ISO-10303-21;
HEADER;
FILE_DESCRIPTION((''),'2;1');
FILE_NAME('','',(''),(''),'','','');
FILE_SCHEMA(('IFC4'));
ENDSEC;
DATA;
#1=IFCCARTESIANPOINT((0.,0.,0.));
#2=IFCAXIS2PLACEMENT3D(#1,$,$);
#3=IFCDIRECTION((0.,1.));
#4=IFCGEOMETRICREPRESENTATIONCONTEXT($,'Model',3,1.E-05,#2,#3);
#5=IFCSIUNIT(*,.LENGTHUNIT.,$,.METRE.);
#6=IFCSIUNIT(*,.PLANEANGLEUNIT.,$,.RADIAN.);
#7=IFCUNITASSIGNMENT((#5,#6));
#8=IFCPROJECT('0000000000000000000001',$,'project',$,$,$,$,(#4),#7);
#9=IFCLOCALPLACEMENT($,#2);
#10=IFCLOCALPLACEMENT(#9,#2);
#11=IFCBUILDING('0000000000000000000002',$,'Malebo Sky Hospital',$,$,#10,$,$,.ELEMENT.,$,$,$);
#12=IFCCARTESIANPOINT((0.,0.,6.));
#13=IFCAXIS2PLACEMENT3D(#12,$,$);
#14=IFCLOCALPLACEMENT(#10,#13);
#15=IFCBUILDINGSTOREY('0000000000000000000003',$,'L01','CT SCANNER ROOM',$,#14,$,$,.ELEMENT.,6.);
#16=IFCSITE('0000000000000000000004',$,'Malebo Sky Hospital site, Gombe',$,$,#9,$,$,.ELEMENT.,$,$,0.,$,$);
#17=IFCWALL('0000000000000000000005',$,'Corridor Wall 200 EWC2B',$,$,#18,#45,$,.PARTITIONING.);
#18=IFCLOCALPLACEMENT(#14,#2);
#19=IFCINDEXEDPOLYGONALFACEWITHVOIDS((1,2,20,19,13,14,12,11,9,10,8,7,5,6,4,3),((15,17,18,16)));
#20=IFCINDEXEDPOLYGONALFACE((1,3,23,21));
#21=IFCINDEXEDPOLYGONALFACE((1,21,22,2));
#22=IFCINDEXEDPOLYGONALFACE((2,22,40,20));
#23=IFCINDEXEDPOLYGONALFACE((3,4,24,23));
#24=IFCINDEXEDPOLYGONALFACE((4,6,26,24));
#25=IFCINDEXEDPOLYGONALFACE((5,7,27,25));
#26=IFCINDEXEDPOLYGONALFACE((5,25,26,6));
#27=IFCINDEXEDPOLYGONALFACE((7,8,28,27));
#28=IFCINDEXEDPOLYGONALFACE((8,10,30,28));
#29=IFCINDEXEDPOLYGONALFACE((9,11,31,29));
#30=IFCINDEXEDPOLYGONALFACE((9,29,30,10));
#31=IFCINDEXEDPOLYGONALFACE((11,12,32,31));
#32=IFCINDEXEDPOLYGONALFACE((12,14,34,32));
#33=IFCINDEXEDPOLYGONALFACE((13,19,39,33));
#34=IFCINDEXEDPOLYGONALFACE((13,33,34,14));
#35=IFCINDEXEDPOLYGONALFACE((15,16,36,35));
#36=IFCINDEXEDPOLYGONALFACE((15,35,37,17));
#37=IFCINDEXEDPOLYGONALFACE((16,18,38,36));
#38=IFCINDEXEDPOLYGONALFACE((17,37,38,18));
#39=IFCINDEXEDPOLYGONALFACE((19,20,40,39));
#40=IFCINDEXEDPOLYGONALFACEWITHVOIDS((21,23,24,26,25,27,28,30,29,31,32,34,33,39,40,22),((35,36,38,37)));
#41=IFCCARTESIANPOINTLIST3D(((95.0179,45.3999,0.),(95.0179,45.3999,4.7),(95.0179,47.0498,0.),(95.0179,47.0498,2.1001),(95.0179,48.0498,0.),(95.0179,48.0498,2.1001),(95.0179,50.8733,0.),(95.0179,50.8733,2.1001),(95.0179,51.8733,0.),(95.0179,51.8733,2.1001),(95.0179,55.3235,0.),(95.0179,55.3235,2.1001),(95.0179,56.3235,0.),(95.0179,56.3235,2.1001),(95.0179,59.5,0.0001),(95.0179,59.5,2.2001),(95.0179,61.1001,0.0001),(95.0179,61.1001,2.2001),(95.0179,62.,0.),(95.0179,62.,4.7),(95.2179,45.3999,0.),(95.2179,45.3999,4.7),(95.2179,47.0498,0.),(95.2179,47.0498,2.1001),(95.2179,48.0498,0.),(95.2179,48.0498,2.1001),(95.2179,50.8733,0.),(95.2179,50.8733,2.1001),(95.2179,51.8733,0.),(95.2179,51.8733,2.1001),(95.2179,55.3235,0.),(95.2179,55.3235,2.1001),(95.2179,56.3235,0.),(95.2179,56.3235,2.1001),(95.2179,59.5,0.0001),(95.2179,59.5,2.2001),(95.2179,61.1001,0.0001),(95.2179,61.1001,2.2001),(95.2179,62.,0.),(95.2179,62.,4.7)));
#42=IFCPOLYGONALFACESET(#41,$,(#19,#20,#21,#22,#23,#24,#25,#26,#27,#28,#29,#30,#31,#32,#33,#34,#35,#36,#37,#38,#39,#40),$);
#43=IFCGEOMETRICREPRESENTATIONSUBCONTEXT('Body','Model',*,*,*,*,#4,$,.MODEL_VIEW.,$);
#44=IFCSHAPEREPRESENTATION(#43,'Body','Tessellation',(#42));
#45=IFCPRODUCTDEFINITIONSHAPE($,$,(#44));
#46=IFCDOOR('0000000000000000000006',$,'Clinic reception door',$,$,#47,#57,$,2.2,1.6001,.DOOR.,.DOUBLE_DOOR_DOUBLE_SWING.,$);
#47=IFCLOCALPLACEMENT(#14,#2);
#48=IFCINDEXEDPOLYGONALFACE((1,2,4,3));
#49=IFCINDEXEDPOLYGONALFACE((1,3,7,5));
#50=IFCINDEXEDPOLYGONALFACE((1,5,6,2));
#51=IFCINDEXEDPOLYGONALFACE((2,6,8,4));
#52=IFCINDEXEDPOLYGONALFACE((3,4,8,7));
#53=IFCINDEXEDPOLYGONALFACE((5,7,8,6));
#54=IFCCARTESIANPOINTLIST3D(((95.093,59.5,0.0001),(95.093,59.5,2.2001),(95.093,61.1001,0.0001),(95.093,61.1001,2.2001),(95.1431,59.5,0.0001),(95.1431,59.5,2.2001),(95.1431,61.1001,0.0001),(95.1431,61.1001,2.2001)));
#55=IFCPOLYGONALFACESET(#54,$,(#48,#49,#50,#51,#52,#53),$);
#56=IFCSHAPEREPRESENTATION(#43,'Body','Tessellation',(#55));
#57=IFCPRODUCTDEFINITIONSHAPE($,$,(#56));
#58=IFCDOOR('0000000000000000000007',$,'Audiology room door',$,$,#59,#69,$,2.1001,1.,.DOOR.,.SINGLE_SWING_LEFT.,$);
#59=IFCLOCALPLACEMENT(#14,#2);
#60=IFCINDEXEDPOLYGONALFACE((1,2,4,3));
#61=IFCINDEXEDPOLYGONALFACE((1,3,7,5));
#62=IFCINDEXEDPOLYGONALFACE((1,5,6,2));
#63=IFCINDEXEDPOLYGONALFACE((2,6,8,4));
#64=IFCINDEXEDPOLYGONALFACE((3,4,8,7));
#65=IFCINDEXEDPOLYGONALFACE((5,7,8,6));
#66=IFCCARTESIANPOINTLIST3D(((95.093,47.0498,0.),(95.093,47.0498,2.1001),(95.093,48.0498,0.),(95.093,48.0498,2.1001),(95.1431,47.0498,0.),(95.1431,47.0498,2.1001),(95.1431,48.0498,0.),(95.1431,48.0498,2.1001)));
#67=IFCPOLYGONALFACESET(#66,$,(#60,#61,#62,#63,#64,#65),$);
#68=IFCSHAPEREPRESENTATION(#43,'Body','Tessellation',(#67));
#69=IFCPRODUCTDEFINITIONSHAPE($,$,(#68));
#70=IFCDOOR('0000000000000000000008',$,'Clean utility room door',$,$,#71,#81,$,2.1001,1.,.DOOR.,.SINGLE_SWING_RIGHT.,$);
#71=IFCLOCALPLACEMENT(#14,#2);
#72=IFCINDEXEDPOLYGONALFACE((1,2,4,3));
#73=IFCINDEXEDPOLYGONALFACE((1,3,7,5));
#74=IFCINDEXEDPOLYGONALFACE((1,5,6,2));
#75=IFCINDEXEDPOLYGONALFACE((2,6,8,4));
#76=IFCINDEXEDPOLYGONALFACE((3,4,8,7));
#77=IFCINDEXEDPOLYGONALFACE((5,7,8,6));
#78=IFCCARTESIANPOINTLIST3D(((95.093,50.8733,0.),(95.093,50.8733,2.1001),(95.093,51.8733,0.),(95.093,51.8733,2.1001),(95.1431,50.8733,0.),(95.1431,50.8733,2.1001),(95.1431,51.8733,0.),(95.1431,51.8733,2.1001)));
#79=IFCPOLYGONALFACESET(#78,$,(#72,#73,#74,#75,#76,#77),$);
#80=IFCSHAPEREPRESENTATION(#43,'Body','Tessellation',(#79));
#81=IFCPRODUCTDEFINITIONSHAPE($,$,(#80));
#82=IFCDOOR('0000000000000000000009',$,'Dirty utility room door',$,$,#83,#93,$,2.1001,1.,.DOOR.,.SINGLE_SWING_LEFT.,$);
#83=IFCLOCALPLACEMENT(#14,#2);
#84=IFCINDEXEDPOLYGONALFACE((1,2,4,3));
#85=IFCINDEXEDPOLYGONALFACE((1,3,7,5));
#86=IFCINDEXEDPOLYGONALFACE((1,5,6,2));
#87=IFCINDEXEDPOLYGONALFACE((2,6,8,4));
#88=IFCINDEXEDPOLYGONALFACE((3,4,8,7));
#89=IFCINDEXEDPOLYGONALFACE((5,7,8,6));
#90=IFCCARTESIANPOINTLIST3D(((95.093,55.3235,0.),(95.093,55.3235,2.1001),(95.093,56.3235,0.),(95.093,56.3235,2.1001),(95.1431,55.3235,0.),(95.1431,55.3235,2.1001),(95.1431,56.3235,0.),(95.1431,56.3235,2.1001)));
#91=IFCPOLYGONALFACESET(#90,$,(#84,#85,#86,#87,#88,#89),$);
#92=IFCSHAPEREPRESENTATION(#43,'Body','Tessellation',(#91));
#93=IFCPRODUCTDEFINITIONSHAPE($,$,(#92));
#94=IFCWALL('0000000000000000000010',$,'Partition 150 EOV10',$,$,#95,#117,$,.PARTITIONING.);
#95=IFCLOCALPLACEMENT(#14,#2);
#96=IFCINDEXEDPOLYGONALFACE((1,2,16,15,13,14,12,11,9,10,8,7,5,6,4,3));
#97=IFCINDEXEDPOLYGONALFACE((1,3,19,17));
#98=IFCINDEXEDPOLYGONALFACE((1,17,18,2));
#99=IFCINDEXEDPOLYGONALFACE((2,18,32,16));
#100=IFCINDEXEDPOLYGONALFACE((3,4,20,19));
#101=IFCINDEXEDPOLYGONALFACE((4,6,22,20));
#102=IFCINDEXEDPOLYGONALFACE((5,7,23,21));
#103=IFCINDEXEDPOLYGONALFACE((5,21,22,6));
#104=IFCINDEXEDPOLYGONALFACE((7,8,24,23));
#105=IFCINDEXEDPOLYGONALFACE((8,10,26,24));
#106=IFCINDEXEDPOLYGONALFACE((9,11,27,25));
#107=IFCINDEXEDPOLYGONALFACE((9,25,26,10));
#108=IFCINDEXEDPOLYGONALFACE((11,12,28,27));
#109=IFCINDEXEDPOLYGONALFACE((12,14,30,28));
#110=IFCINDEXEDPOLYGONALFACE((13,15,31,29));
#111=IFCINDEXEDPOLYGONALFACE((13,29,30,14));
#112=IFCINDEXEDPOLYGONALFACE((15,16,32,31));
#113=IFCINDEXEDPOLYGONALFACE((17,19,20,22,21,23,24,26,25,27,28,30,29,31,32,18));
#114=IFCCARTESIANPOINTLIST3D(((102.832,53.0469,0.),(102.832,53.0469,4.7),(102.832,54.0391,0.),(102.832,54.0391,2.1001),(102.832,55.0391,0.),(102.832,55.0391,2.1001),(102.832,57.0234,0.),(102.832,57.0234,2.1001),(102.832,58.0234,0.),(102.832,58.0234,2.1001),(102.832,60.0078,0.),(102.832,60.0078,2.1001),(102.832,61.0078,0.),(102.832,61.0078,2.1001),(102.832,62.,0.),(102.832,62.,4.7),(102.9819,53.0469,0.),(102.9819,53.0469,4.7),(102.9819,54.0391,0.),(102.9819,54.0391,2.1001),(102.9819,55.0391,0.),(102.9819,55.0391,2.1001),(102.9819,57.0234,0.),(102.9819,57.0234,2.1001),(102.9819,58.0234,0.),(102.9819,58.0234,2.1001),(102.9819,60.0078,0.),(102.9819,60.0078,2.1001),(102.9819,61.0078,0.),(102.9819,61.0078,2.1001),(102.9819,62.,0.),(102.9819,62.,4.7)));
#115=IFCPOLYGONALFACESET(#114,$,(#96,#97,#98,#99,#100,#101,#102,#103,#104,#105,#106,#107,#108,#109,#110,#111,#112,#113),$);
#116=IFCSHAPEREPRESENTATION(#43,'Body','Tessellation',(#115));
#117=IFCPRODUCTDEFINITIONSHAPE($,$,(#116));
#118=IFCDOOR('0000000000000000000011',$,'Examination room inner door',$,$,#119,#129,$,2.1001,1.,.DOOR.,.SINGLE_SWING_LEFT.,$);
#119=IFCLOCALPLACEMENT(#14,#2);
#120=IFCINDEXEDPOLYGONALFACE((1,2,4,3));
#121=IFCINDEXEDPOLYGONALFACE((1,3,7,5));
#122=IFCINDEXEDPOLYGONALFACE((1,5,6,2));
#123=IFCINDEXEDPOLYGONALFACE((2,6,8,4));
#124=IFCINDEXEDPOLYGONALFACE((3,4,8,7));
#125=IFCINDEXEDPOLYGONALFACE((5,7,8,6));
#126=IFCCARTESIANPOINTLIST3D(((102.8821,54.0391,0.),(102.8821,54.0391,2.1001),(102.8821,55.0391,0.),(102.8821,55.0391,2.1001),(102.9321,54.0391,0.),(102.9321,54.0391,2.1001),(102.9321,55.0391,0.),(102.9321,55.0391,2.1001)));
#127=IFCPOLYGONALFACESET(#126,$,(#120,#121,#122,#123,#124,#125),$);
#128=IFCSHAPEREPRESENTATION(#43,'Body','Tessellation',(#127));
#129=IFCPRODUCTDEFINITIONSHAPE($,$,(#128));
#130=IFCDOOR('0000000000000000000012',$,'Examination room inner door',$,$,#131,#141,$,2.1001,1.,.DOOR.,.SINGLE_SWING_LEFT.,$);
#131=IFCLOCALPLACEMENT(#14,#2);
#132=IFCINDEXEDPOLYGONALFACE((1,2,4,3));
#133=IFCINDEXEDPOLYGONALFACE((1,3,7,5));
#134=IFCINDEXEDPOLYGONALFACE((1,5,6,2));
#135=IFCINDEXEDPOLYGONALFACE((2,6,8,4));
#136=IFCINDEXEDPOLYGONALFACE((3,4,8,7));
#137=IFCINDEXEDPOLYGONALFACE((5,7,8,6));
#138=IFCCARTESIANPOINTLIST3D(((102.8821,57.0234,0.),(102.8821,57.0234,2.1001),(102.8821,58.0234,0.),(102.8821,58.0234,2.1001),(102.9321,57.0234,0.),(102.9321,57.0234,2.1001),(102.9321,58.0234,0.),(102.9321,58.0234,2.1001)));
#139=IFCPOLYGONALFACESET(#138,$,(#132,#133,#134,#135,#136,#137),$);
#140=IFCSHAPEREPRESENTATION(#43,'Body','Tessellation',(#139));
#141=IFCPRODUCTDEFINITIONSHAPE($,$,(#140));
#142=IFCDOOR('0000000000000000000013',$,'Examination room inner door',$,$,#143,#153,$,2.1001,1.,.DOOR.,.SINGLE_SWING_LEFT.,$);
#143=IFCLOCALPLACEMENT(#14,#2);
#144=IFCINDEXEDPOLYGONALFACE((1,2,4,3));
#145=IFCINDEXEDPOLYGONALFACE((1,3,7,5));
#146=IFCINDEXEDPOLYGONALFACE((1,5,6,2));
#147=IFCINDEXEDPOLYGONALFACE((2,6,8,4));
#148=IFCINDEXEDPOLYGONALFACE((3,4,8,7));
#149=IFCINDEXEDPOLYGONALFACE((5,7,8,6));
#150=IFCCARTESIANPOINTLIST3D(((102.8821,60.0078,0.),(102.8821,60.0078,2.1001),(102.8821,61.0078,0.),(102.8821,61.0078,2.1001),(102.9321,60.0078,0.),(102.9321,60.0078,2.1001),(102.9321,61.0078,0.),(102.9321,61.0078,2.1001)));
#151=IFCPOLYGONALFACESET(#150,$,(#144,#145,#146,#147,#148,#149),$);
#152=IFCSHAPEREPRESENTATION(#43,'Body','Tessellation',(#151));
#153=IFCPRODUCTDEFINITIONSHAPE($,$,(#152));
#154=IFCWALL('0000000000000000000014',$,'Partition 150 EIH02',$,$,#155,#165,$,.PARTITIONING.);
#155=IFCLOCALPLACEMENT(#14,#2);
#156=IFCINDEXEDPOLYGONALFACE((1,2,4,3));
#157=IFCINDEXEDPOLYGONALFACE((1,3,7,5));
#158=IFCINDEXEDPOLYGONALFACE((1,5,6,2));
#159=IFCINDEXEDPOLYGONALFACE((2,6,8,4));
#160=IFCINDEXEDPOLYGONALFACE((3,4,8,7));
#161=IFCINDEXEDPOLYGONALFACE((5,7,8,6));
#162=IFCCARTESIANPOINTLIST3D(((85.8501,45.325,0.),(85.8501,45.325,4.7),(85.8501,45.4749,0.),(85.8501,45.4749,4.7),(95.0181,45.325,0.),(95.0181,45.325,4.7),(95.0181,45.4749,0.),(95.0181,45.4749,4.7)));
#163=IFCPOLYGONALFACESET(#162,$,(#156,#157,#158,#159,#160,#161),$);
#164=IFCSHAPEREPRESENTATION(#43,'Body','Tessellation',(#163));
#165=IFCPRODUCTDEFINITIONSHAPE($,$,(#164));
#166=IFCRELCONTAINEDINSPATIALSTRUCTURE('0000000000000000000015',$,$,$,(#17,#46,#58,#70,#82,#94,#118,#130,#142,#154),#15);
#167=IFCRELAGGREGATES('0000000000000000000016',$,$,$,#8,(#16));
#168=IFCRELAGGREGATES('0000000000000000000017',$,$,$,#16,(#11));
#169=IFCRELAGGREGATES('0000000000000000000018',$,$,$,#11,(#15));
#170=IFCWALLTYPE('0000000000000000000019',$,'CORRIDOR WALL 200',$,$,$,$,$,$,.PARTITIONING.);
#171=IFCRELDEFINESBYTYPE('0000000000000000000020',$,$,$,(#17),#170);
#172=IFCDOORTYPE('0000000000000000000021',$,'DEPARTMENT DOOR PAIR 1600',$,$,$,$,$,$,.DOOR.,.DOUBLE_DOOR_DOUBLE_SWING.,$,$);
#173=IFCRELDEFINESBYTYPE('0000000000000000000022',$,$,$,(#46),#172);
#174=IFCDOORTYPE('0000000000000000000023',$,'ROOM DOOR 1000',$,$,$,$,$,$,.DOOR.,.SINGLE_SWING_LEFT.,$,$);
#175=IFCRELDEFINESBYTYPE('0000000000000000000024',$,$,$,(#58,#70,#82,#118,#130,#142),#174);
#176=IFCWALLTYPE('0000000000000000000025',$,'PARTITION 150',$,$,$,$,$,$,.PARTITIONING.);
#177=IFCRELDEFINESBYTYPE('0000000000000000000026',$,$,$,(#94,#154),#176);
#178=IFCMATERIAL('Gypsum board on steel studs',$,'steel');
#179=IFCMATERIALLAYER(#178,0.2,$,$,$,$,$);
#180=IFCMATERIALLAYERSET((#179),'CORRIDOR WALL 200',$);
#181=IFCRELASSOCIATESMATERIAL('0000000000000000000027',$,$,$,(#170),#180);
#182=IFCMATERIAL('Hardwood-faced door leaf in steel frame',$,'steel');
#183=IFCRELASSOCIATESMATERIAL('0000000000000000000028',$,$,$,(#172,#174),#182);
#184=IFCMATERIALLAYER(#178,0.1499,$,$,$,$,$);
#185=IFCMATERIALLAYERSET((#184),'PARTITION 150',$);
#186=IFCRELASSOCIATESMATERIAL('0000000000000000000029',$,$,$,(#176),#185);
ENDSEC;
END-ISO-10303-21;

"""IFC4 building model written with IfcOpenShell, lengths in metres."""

from ifc_helpers import new_model, si_unit, direction, frame, frame_2d, origin, place, context, subcontext, project, spatial, rectangle, extrude, material, layer, layer_set, type_object, element, fill, save


model = new_model("IFC4")

# Units and contexts
model_context = context("Model", 3, precision=1e-05, world=origin(), true_north=direction((0.0, 1.0)))
body_context = subcontext(model_context, "Body", "Model", "MODEL_VIEW")
ifc_project = project(units=[si_unit("LENGTHUNIT", "METRE"), si_unit("PLANEANGLEUNIT", "RADIAN")], contexts=[model_context])

# Site, building, storey
site_placement = place(None, origin())
site = spatial("IfcSite", under=ifc_project, at=site_placement, Name="Malebo Sky Hospital site, Gombe", CompositionType="ELEMENT", RefElevation=0.0)
building_placement = place(site_placement, origin())
building = spatial("IfcBuilding", under=site, at=building_placement, Name="Malebo Sky Hospital", CompositionType="ELEMENT")
storey_placement = place(building_placement, frame((0.0, 0.0, 6.0)))
storey = spatial("IfcBuildingStorey", under=building, at=storey_placement, Name="L01", Description="CT SCANNER ROOM", CompositionType="ELEMENT", Elevation=6.0)

# Walls, openings, doors
ifc_material_1 = material(Name="Gypsum board on steel studs", Category="steel")
ifc_layer_1 = layer(ifc_material_1, 0.2)
ifc_layer_set_1 = layer_set([ifc_layer_1], Name="CORRIDOR WALL 200")
wall_type_1 = type_object("IfcWallType", Name="CORRIDOR WALL 200", PredefinedType="PARTITIONING", material=ifc_layer_set_1)
wall_1_placement = place(storey_placement, frame((95.1179, 45.3999, 0.0), z_axis=(0.0, 0.0, 1.0), x_axis=(0.0, 1.0, 0.0)))
wall_1 = element("IfcWall", 1, at=wall_1_placement, inside=storey, type_object=wall_type_1, Name="Corridor Wall 200 EWC2B", PredefinedType="PARTITIONING", context=body_context, shape_type="SweptSolid", body=[
    extrude(rectangle(XDim=16.6001, YDim=0.2, at=frame_2d((8.3, 0.0))), origin(), (0.0, 0.0, 1.0), 4.7),
])
opening_1_placement = place(wall_1_placement, frame((1.6499, 0.0, 0.0)))
opening_1 = element("IfcOpeningElement", 2, at=opening_1_placement, cuts=wall_1, PredefinedType="OPENING", context=body_context, shape_type="SweptSolid", body=[
    extrude(rectangle(XDim=1.0, YDim=2.1001, at=frame_2d((0.5, 1.05))), frame((0.0, 0.1099, 0.0), z_axis=(0.0, -1.0, 0.0), x_axis=(1.0, 0.0, 0.0)), (0.0, 0.0, 1.0), 0.22),
])
opening_2_placement = place(wall_1_placement, frame((5.4734, 0.0, 0.0)))
opening_2 = element("IfcOpeningElement", 3, at=opening_2_placement, cuts=wall_1, PredefinedType="OPENING", context=body_context, shape_type="SweptSolid", body=[
    extrude(rectangle(XDim=1.0, YDim=2.1001, at=frame_2d((0.5, 1.05))), frame((0.0, 0.1099, 0.0), z_axis=(0.0, -1.0, 0.0), x_axis=(1.0, 0.0, 0.0)), (0.0, 0.0, 1.0), 0.22),
])
opening_3_placement = place(wall_1_placement, frame((9.9236, 0.0, 0.0)))
opening_3 = element("IfcOpeningElement", 4, at=opening_3_placement, cuts=wall_1, PredefinedType="OPENING", context=body_context, shape_type="SweptSolid", body=[
    extrude(rectangle(XDim=1.0, YDim=2.1001, at=frame_2d((0.5, 1.05))), frame((0.0, 0.1099, 0.0), z_axis=(0.0, -1.0, 0.0), x_axis=(1.0, 0.0, 0.0)), (0.0, 0.0, 1.0), 0.22),
])
opening_4_placement = place(wall_1_placement, frame((14.1001, 0.0, 0.0)))
opening_4 = element("IfcOpeningElement", 5, at=opening_4_placement, cuts=wall_1, PredefinedType="OPENING", context=body_context, shape_type="SweptSolid", body=[
    extrude(rectangle(XDim=1.6001, YDim=2.2, at=frame_2d((0.8, 1.1001))), frame((0.0, 0.1099, 0.0), z_axis=(0.0, -1.0, 0.0), x_axis=(1.0, 0.0, 0.0)), (0.0, 0.0, 1.0), 0.22),
])
ifc_material_2 = material(Name="Hardwood-faced door leaf in steel frame", Category="steel")
door_type_1 = type_object("IfcDoorType", Name="DEPARTMENT DOOR PAIR 1600", OperationType="DOUBLE_DOOR_DOUBLE_SWING", PredefinedType="DOOR", material=ifc_material_2)
door_1_placement = place(opening_4_placement, origin())
door_1 = element("IfcDoor", 6, at=door_1_placement, inside=storey, type_object=door_type_1, Name="Clinic reception door", OperationType="DOUBLE_DOOR_DOUBLE_SWING", OverallHeight=2.2, OverallWidth=1.6001, PredefinedType="DOOR", context=body_context, shape_type="SweptSolid", body=[
    extrude(rectangle(XDim=1.6001, YDim=2.2, at=frame_2d((0.8, 1.1001))), frame((0.0, 0.0249, 0.0), z_axis=(0.0, -1.0, 0.0), x_axis=(1.0, 0.0, 0.0)), (0.0, 0.0, 1.0), 0.05),
])
fill(opening_4, door_1)
door_type_2 = type_object("IfcDoorType", Name="ROOM DOOR 1000", OperationType="SINGLE_SWING_LEFT", PredefinedType="DOOR", material=ifc_material_2)
door_2_placement = place(opening_1_placement, origin())
door_2 = element("IfcDoor", 7, at=door_2_placement, inside=storey, type_object=door_type_2, Name="Audiology room door", OperationType="SINGLE_SWING_LEFT", OverallHeight=2.1001, OverallWidth=1.0, PredefinedType="DOOR", context=body_context, shape_type="SweptSolid", body=[
    extrude(rectangle(XDim=1.0, YDim=2.1001, at=frame_2d((0.5, 1.05))), frame((0.0, 0.0249, 0.0), z_axis=(0.0, -1.0, 0.0), x_axis=(1.0, 0.0, 0.0)), (0.0, 0.0, 1.0), 0.05),
])
fill(opening_1, door_2)
door_3_placement = place(opening_2_placement, origin())
door_3 = element("IfcDoor", 8, at=door_3_placement, inside=storey, type_object=door_type_2, Name="Clean utility room door", OperationType="SINGLE_SWING_RIGHT", OverallHeight=2.1001, OverallWidth=1.0, PredefinedType="DOOR", context=body_context, shape_type="SweptSolid", body=[
    extrude(rectangle(XDim=1.0, YDim=2.1001, at=frame_2d((0.5, 1.05))), frame((0.0, 0.0249, 0.0), z_axis=(0.0, -1.0, 0.0), x_axis=(1.0, 0.0, 0.0)), (0.0, 0.0, 1.0), 0.05),
])
fill(opening_2, door_3)
door_4_placement = place(opening_3_placement, origin())
door_4 = element("IfcDoor", 9, at=door_4_placement, inside=storey, type_object=door_type_2, Name="Dirty utility room door", OperationType="SINGLE_SWING_LEFT", OverallHeight=2.1001, OverallWidth=1.0, PredefinedType="DOOR", context=body_context, shape_type="SweptSolid", body=[
    extrude(rectangle(XDim=1.0, YDim=2.1001, at=frame_2d((0.5, 1.05))), frame((0.0, 0.0249, 0.0), z_axis=(0.0, -1.0, 0.0), x_axis=(1.0, 0.0, 0.0)), (0.0, 0.0, 1.0), 0.05),
])
fill(opening_3, door_4)
ifc_layer_2 = layer(ifc_material_1, 0.1499)
ifc_layer_set_2 = layer_set([ifc_layer_2], Name="PARTITION 150")
wall_type_2 = type_object("IfcWallType", Name="PARTITION 150", PredefinedType="PARTITIONING", material=ifc_layer_set_2)
wall_2_placement = place(storey_placement, frame((102.907, 53.0469, 0.0), z_axis=(0.0, 0.0, 1.0), x_axis=(0.0, 1.0, 0.0)))
wall_2 = element("IfcWall", 10, at=wall_2_placement, inside=storey, type_object=wall_type_2, Name="Partition 150 EOV10", PredefinedType="PARTITIONING", context=body_context, shape_type="SweptSolid", body=[
    extrude(rectangle(XDim=8.9531, YDim=0.1499, at=frame_2d((4.4766, 0.0))), origin(), (0.0, 0.0, 1.0), 4.7),
])
opening_5_placement = place(wall_2_placement, frame((0.9922, 0.0, 0.0)))
opening_5 = element("IfcOpeningElement", 11, at=opening_5_placement, cuts=wall_2, PredefinedType="OPENING", context=body_context, shape_type="SweptSolid", body=[
    extrude(rectangle(XDim=1.0, YDim=2.1001, at=frame_2d((0.5, 1.05))), frame((0.0, 0.085, 0.0), z_axis=(0.0, -1.0, 0.0), x_axis=(1.0, 0.0, 0.0)), (0.0, 0.0, 1.0), 0.1699),
])
opening_6_placement = place(wall_2_placement, frame((3.9766, 0.0, 0.0)))
opening_6 = element("IfcOpeningElement", 12, at=opening_6_placement, cuts=wall_2, PredefinedType="OPENING", context=body_context, shape_type="SweptSolid", body=[
    extrude(rectangle(XDim=1.0, YDim=2.1001, at=frame_2d((0.5, 1.05))), frame((0.0, 0.085, 0.0), z_axis=(0.0, -1.0, 0.0), x_axis=(1.0, 0.0, 0.0)), (0.0, 0.0, 1.0), 0.1699),
])
opening_7_placement = place(wall_2_placement, frame((6.9609, 0.0, 0.0)))
opening_7 = element("IfcOpeningElement", 13, at=opening_7_placement, cuts=wall_2, PredefinedType="OPENING", context=body_context, shape_type="SweptSolid", body=[
    extrude(rectangle(XDim=1.0, YDim=2.1001, at=frame_2d((0.5, 1.05))), frame((0.0, 0.085, 0.0), z_axis=(0.0, -1.0, 0.0), x_axis=(1.0, 0.0, 0.0)), (0.0, 0.0, 1.0), 0.1699),
])
door_5_placement = place(opening_5_placement, origin())
door_5 = element("IfcDoor", 14, at=door_5_placement, inside=storey, type_object=door_type_2, Name="Examination room inner door", OperationType="SINGLE_SWING_LEFT", OverallHeight=2.1001, OverallWidth=1.0, PredefinedType="DOOR", context=body_context, shape_type="SweptSolid", body=[
    extrude(rectangle(XDim=1.0, YDim=2.1001, at=frame_2d((0.5, 1.05))), frame((0.0, 0.0249, 0.0), z_axis=(0.0, -1.0, 0.0), x_axis=(1.0, 0.0, 0.0)), (0.0, 0.0, 1.0), 0.05),
])
fill(opening_5, door_5)
door_6_placement = place(opening_6_placement, origin())
door_6 = element("IfcDoor", 15, at=door_6_placement, inside=storey, type_object=door_type_2, Name="Examination room inner door", OperationType="SINGLE_SWING_LEFT", OverallHeight=2.1001, OverallWidth=1.0, PredefinedType="DOOR", context=body_context, shape_type="SweptSolid", body=[
    extrude(rectangle(XDim=1.0, YDim=2.1001, at=frame_2d((0.5, 1.05))), frame((0.0, 0.0249, 0.0), z_axis=(0.0, -1.0, 0.0), x_axis=(1.0, 0.0, 0.0)), (0.0, 0.0, 1.0), 0.05),
])
fill(opening_6, door_6)
door_7_placement = place(opening_7_placement, origin())
door_7 = element("IfcDoor", 16, at=door_7_placement, inside=storey, type_object=door_type_2, Name="Examination room inner door", OperationType="SINGLE_SWING_LEFT", OverallHeight=2.1001, OverallWidth=1.0, PredefinedType="DOOR", context=body_context, shape_type="SweptSolid", body=[
    extrude(rectangle(XDim=1.0, YDim=2.1001, at=frame_2d((0.5, 1.05))), frame((0.0, 0.0249, 0.0), z_axis=(0.0, -1.0, 0.0), x_axis=(1.0, 0.0, 0.0)), (0.0, 0.0, 1.0), 0.05),
])
fill(opening_7, door_7)

# Wall
for number, where, z_axis, x_axis, name in (
    (17, (95.0181, 45.3999, 0.0), (0.0, 0.0, 1.0), (-1.0, 0.0, 0.0), "Partition 150 EIH02"),
):
    element("IfcWall", number, at=place(storey_placement, frame(where, z_axis=z_axis, x_axis=x_axis)), inside=storey, type_object=wall_type_2, Name=name, PredefinedType="PARTITIONING", context=body_context, shape_type="SweptSolid", body=[
        extrude(rectangle(XDim=9.168, YDim=0.1499, at=frame_2d((4.584, 0.0))), origin(), (0.0, 0.0, 1.0), 4.7),
    ])

save(model, "model.ifc")
